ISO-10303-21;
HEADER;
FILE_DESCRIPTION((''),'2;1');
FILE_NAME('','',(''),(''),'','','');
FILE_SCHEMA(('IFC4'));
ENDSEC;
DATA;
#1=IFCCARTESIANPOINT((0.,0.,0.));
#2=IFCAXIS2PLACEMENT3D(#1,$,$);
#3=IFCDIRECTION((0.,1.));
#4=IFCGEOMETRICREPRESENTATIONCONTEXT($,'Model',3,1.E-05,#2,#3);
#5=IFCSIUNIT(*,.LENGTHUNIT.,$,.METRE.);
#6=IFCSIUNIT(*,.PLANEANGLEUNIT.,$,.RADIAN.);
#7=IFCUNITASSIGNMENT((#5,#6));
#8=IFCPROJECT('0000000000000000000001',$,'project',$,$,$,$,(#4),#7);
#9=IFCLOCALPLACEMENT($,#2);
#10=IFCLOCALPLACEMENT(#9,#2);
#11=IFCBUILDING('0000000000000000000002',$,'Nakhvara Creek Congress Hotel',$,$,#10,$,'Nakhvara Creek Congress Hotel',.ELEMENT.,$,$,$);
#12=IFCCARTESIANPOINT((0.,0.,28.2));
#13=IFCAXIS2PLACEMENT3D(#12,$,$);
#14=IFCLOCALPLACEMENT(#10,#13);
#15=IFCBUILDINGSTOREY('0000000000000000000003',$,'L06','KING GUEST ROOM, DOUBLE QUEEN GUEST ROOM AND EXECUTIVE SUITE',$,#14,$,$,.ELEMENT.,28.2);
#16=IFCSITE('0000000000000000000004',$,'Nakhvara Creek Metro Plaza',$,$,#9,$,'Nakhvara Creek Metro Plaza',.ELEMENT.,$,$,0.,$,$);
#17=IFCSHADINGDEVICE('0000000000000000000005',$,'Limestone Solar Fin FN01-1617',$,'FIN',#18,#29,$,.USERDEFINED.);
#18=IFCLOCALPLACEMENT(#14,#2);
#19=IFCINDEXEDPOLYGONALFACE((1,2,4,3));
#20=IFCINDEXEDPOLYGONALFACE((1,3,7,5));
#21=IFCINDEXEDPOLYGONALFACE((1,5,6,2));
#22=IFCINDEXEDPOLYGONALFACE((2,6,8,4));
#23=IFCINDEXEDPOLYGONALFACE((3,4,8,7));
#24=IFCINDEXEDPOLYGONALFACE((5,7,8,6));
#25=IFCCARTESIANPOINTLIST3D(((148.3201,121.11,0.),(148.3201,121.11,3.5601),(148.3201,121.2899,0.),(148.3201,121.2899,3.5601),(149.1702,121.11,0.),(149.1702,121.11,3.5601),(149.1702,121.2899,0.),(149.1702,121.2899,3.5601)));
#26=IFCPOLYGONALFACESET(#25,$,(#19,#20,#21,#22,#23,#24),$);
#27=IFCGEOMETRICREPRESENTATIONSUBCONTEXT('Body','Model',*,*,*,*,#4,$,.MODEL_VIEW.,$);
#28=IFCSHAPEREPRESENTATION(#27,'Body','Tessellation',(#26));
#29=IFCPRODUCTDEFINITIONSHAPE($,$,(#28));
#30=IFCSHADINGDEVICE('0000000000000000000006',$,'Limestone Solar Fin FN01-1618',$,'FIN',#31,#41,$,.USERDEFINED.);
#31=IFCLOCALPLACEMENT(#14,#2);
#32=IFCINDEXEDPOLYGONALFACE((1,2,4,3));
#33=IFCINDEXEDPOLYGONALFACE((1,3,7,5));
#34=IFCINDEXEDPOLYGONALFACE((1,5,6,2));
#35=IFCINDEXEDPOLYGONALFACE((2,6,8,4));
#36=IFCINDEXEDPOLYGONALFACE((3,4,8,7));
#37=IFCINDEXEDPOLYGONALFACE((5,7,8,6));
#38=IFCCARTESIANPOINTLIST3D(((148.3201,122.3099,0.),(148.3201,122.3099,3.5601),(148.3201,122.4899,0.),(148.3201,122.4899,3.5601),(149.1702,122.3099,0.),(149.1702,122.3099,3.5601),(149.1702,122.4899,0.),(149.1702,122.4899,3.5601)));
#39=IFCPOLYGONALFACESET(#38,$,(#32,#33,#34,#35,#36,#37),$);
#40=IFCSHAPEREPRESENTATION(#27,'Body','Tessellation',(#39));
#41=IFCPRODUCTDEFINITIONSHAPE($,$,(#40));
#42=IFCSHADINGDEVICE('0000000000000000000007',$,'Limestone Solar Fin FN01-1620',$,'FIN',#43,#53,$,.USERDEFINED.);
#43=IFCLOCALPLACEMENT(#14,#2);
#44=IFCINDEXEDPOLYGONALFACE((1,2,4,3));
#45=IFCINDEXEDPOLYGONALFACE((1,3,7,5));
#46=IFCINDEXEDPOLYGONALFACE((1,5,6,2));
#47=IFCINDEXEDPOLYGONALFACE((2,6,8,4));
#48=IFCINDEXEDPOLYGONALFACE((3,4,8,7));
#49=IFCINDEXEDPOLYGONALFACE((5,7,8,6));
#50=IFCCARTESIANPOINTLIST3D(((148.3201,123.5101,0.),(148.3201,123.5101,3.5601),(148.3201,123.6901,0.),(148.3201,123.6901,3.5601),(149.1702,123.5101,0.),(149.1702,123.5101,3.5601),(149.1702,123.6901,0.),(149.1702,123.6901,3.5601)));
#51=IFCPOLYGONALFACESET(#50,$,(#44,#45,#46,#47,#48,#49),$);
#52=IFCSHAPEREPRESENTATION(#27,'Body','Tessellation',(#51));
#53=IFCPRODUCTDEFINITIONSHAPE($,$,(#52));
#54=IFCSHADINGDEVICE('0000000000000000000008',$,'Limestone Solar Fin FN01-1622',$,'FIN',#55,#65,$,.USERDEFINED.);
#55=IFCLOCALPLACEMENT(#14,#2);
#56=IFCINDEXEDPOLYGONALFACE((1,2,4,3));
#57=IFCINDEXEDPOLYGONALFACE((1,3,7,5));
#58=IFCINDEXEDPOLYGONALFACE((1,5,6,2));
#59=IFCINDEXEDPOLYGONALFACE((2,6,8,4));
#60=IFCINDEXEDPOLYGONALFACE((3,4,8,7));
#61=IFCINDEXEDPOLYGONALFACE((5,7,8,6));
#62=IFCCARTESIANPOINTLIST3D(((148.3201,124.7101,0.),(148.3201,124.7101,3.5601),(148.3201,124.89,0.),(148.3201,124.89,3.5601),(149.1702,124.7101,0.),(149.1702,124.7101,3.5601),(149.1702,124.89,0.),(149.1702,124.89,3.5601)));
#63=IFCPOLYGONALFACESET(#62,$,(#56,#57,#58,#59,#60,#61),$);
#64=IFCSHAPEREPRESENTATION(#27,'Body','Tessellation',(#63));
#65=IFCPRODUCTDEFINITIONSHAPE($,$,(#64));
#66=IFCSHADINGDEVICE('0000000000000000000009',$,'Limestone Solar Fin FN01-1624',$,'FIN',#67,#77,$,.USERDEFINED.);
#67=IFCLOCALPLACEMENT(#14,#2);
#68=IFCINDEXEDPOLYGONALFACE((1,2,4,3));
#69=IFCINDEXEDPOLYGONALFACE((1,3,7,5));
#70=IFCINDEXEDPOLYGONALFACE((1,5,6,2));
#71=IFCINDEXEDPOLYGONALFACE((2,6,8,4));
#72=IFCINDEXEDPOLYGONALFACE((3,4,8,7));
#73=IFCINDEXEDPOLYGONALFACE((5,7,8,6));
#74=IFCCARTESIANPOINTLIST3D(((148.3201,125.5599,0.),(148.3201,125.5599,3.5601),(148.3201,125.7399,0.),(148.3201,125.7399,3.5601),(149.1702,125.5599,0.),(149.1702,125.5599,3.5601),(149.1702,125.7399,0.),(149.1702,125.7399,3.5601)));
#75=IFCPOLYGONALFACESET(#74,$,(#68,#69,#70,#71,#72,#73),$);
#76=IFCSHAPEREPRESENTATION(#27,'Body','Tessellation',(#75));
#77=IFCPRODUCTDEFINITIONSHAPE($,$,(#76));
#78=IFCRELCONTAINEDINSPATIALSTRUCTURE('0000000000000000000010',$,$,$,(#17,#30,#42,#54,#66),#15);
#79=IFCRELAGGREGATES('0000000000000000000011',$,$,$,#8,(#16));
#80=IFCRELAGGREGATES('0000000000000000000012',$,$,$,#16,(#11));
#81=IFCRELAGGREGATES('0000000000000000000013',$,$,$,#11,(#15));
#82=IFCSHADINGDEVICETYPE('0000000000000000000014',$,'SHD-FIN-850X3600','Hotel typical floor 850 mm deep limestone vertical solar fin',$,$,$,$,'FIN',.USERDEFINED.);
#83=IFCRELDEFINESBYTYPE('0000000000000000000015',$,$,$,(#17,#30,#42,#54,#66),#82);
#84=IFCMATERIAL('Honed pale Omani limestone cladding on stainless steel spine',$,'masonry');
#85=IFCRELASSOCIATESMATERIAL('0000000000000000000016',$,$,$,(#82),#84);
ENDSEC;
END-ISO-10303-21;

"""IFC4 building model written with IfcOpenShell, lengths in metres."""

from ifc_helpers import new_model, si_unit, direction, frame, origin, origin_2d, place, context, subcontext, project, spatial, rectangle, extrude, material, type_object, element, save


model = new_model("IFC4")

# Units and contexts
model_context = context("Model", 3, precision=1e-05, world=origin(), true_north=direction((0.0, 1.0)))
body_context = subcontext(model_context, "Body", "Model", "MODEL_VIEW")
ifc_project = project(units=[si_unit("LENGTHUNIT", "METRE"), si_unit("PLANEANGLEUNIT", "RADIAN")], contexts=[model_context])

# Site, building, storey
site_placement = place(None, origin())
site = spatial("IfcSite", under=ifc_project, at=site_placement, Name="Nakhvara Creek Metro Plaza", LongName="Nakhvara Creek Metro Plaza", CompositionType="ELEMENT", RefElevation=0.0)
building_placement = place(site_placement, origin())
building = spatial("IfcBuilding", under=site, at=building_placement, Name="Nakhvara Creek Congress Hotel", LongName="Nakhvara Creek Congress Hotel", CompositionType="ELEMENT")
storey_placement = place(building_placement, frame((0.0, 0.0, 28.2)))
storey = spatial("IfcBuildingStorey", under=building, at=storey_placement, Name="L06", Description="KING GUEST ROOM, DOUBLE QUEEN GUEST ROOM AND EXECUTIVE SUITE", CompositionType="ELEMENT", Elevation=28.2)

# Shading devices
ifc_material_1 = material(Name="Honed pale Omani limestone cladding on stainless steel spine", Category="masonry")
shading_device_type = type_object("IfcShadingDeviceType", Name="SHD-FIN-850X3600", Description="Hotel typical floor 850 mm deep limestone vertical solar fin", ElementType="FIN", PredefinedType="USERDEFINED", material=ifc_material_1)
for number, where, z_axis, x_axis, name in (
    (1, (148.7451, 121.2, 0.0), (0.0, 0.0, 1.0), (0.0, 1.0, 0.0), "Limestone Solar Fin FN01-1617"),
    (2, (148.7451, 122.3999, 0.0), (0.0, 0.0, 1.0), (0.0, 1.0, 0.0), "Limestone Solar Fin FN01-1618"),
    (3, (148.7451, 123.6001, 0.0), (0.0, 0.0, 1.0), (0.0, 1.0, 0.0), "Limestone Solar Fin FN01-1620"),
    (4, (148.7451, 124.8, 0.0), (0.0, 0.0, 1.0), (0.0, 1.0, 0.0), "Limestone Solar Fin FN01-1622"),
    (5, (148.7451, 125.6499, 0.0), (0.0, 0.0, 1.0), (0.0, 1.0, 0.0), "Limestone Solar Fin FN01-1624"),
):
    element("IfcShadingDevice", number, at=place(storey_placement, frame(where, z_axis=z_axis, x_axis=x_axis)), inside=storey, type_object=shading_device_type, Name=name, ObjectType="FIN", PredefinedType="USERDEFINED", context=body_context, shape_type="SweptSolid", body=[
        extrude(rectangle(XDim=0.1799, YDim=0.8501, at=origin_2d()), origin(), (0.0, 0.0, 1.0), 3.5601),
    ])

save(model, "model.ifc")
